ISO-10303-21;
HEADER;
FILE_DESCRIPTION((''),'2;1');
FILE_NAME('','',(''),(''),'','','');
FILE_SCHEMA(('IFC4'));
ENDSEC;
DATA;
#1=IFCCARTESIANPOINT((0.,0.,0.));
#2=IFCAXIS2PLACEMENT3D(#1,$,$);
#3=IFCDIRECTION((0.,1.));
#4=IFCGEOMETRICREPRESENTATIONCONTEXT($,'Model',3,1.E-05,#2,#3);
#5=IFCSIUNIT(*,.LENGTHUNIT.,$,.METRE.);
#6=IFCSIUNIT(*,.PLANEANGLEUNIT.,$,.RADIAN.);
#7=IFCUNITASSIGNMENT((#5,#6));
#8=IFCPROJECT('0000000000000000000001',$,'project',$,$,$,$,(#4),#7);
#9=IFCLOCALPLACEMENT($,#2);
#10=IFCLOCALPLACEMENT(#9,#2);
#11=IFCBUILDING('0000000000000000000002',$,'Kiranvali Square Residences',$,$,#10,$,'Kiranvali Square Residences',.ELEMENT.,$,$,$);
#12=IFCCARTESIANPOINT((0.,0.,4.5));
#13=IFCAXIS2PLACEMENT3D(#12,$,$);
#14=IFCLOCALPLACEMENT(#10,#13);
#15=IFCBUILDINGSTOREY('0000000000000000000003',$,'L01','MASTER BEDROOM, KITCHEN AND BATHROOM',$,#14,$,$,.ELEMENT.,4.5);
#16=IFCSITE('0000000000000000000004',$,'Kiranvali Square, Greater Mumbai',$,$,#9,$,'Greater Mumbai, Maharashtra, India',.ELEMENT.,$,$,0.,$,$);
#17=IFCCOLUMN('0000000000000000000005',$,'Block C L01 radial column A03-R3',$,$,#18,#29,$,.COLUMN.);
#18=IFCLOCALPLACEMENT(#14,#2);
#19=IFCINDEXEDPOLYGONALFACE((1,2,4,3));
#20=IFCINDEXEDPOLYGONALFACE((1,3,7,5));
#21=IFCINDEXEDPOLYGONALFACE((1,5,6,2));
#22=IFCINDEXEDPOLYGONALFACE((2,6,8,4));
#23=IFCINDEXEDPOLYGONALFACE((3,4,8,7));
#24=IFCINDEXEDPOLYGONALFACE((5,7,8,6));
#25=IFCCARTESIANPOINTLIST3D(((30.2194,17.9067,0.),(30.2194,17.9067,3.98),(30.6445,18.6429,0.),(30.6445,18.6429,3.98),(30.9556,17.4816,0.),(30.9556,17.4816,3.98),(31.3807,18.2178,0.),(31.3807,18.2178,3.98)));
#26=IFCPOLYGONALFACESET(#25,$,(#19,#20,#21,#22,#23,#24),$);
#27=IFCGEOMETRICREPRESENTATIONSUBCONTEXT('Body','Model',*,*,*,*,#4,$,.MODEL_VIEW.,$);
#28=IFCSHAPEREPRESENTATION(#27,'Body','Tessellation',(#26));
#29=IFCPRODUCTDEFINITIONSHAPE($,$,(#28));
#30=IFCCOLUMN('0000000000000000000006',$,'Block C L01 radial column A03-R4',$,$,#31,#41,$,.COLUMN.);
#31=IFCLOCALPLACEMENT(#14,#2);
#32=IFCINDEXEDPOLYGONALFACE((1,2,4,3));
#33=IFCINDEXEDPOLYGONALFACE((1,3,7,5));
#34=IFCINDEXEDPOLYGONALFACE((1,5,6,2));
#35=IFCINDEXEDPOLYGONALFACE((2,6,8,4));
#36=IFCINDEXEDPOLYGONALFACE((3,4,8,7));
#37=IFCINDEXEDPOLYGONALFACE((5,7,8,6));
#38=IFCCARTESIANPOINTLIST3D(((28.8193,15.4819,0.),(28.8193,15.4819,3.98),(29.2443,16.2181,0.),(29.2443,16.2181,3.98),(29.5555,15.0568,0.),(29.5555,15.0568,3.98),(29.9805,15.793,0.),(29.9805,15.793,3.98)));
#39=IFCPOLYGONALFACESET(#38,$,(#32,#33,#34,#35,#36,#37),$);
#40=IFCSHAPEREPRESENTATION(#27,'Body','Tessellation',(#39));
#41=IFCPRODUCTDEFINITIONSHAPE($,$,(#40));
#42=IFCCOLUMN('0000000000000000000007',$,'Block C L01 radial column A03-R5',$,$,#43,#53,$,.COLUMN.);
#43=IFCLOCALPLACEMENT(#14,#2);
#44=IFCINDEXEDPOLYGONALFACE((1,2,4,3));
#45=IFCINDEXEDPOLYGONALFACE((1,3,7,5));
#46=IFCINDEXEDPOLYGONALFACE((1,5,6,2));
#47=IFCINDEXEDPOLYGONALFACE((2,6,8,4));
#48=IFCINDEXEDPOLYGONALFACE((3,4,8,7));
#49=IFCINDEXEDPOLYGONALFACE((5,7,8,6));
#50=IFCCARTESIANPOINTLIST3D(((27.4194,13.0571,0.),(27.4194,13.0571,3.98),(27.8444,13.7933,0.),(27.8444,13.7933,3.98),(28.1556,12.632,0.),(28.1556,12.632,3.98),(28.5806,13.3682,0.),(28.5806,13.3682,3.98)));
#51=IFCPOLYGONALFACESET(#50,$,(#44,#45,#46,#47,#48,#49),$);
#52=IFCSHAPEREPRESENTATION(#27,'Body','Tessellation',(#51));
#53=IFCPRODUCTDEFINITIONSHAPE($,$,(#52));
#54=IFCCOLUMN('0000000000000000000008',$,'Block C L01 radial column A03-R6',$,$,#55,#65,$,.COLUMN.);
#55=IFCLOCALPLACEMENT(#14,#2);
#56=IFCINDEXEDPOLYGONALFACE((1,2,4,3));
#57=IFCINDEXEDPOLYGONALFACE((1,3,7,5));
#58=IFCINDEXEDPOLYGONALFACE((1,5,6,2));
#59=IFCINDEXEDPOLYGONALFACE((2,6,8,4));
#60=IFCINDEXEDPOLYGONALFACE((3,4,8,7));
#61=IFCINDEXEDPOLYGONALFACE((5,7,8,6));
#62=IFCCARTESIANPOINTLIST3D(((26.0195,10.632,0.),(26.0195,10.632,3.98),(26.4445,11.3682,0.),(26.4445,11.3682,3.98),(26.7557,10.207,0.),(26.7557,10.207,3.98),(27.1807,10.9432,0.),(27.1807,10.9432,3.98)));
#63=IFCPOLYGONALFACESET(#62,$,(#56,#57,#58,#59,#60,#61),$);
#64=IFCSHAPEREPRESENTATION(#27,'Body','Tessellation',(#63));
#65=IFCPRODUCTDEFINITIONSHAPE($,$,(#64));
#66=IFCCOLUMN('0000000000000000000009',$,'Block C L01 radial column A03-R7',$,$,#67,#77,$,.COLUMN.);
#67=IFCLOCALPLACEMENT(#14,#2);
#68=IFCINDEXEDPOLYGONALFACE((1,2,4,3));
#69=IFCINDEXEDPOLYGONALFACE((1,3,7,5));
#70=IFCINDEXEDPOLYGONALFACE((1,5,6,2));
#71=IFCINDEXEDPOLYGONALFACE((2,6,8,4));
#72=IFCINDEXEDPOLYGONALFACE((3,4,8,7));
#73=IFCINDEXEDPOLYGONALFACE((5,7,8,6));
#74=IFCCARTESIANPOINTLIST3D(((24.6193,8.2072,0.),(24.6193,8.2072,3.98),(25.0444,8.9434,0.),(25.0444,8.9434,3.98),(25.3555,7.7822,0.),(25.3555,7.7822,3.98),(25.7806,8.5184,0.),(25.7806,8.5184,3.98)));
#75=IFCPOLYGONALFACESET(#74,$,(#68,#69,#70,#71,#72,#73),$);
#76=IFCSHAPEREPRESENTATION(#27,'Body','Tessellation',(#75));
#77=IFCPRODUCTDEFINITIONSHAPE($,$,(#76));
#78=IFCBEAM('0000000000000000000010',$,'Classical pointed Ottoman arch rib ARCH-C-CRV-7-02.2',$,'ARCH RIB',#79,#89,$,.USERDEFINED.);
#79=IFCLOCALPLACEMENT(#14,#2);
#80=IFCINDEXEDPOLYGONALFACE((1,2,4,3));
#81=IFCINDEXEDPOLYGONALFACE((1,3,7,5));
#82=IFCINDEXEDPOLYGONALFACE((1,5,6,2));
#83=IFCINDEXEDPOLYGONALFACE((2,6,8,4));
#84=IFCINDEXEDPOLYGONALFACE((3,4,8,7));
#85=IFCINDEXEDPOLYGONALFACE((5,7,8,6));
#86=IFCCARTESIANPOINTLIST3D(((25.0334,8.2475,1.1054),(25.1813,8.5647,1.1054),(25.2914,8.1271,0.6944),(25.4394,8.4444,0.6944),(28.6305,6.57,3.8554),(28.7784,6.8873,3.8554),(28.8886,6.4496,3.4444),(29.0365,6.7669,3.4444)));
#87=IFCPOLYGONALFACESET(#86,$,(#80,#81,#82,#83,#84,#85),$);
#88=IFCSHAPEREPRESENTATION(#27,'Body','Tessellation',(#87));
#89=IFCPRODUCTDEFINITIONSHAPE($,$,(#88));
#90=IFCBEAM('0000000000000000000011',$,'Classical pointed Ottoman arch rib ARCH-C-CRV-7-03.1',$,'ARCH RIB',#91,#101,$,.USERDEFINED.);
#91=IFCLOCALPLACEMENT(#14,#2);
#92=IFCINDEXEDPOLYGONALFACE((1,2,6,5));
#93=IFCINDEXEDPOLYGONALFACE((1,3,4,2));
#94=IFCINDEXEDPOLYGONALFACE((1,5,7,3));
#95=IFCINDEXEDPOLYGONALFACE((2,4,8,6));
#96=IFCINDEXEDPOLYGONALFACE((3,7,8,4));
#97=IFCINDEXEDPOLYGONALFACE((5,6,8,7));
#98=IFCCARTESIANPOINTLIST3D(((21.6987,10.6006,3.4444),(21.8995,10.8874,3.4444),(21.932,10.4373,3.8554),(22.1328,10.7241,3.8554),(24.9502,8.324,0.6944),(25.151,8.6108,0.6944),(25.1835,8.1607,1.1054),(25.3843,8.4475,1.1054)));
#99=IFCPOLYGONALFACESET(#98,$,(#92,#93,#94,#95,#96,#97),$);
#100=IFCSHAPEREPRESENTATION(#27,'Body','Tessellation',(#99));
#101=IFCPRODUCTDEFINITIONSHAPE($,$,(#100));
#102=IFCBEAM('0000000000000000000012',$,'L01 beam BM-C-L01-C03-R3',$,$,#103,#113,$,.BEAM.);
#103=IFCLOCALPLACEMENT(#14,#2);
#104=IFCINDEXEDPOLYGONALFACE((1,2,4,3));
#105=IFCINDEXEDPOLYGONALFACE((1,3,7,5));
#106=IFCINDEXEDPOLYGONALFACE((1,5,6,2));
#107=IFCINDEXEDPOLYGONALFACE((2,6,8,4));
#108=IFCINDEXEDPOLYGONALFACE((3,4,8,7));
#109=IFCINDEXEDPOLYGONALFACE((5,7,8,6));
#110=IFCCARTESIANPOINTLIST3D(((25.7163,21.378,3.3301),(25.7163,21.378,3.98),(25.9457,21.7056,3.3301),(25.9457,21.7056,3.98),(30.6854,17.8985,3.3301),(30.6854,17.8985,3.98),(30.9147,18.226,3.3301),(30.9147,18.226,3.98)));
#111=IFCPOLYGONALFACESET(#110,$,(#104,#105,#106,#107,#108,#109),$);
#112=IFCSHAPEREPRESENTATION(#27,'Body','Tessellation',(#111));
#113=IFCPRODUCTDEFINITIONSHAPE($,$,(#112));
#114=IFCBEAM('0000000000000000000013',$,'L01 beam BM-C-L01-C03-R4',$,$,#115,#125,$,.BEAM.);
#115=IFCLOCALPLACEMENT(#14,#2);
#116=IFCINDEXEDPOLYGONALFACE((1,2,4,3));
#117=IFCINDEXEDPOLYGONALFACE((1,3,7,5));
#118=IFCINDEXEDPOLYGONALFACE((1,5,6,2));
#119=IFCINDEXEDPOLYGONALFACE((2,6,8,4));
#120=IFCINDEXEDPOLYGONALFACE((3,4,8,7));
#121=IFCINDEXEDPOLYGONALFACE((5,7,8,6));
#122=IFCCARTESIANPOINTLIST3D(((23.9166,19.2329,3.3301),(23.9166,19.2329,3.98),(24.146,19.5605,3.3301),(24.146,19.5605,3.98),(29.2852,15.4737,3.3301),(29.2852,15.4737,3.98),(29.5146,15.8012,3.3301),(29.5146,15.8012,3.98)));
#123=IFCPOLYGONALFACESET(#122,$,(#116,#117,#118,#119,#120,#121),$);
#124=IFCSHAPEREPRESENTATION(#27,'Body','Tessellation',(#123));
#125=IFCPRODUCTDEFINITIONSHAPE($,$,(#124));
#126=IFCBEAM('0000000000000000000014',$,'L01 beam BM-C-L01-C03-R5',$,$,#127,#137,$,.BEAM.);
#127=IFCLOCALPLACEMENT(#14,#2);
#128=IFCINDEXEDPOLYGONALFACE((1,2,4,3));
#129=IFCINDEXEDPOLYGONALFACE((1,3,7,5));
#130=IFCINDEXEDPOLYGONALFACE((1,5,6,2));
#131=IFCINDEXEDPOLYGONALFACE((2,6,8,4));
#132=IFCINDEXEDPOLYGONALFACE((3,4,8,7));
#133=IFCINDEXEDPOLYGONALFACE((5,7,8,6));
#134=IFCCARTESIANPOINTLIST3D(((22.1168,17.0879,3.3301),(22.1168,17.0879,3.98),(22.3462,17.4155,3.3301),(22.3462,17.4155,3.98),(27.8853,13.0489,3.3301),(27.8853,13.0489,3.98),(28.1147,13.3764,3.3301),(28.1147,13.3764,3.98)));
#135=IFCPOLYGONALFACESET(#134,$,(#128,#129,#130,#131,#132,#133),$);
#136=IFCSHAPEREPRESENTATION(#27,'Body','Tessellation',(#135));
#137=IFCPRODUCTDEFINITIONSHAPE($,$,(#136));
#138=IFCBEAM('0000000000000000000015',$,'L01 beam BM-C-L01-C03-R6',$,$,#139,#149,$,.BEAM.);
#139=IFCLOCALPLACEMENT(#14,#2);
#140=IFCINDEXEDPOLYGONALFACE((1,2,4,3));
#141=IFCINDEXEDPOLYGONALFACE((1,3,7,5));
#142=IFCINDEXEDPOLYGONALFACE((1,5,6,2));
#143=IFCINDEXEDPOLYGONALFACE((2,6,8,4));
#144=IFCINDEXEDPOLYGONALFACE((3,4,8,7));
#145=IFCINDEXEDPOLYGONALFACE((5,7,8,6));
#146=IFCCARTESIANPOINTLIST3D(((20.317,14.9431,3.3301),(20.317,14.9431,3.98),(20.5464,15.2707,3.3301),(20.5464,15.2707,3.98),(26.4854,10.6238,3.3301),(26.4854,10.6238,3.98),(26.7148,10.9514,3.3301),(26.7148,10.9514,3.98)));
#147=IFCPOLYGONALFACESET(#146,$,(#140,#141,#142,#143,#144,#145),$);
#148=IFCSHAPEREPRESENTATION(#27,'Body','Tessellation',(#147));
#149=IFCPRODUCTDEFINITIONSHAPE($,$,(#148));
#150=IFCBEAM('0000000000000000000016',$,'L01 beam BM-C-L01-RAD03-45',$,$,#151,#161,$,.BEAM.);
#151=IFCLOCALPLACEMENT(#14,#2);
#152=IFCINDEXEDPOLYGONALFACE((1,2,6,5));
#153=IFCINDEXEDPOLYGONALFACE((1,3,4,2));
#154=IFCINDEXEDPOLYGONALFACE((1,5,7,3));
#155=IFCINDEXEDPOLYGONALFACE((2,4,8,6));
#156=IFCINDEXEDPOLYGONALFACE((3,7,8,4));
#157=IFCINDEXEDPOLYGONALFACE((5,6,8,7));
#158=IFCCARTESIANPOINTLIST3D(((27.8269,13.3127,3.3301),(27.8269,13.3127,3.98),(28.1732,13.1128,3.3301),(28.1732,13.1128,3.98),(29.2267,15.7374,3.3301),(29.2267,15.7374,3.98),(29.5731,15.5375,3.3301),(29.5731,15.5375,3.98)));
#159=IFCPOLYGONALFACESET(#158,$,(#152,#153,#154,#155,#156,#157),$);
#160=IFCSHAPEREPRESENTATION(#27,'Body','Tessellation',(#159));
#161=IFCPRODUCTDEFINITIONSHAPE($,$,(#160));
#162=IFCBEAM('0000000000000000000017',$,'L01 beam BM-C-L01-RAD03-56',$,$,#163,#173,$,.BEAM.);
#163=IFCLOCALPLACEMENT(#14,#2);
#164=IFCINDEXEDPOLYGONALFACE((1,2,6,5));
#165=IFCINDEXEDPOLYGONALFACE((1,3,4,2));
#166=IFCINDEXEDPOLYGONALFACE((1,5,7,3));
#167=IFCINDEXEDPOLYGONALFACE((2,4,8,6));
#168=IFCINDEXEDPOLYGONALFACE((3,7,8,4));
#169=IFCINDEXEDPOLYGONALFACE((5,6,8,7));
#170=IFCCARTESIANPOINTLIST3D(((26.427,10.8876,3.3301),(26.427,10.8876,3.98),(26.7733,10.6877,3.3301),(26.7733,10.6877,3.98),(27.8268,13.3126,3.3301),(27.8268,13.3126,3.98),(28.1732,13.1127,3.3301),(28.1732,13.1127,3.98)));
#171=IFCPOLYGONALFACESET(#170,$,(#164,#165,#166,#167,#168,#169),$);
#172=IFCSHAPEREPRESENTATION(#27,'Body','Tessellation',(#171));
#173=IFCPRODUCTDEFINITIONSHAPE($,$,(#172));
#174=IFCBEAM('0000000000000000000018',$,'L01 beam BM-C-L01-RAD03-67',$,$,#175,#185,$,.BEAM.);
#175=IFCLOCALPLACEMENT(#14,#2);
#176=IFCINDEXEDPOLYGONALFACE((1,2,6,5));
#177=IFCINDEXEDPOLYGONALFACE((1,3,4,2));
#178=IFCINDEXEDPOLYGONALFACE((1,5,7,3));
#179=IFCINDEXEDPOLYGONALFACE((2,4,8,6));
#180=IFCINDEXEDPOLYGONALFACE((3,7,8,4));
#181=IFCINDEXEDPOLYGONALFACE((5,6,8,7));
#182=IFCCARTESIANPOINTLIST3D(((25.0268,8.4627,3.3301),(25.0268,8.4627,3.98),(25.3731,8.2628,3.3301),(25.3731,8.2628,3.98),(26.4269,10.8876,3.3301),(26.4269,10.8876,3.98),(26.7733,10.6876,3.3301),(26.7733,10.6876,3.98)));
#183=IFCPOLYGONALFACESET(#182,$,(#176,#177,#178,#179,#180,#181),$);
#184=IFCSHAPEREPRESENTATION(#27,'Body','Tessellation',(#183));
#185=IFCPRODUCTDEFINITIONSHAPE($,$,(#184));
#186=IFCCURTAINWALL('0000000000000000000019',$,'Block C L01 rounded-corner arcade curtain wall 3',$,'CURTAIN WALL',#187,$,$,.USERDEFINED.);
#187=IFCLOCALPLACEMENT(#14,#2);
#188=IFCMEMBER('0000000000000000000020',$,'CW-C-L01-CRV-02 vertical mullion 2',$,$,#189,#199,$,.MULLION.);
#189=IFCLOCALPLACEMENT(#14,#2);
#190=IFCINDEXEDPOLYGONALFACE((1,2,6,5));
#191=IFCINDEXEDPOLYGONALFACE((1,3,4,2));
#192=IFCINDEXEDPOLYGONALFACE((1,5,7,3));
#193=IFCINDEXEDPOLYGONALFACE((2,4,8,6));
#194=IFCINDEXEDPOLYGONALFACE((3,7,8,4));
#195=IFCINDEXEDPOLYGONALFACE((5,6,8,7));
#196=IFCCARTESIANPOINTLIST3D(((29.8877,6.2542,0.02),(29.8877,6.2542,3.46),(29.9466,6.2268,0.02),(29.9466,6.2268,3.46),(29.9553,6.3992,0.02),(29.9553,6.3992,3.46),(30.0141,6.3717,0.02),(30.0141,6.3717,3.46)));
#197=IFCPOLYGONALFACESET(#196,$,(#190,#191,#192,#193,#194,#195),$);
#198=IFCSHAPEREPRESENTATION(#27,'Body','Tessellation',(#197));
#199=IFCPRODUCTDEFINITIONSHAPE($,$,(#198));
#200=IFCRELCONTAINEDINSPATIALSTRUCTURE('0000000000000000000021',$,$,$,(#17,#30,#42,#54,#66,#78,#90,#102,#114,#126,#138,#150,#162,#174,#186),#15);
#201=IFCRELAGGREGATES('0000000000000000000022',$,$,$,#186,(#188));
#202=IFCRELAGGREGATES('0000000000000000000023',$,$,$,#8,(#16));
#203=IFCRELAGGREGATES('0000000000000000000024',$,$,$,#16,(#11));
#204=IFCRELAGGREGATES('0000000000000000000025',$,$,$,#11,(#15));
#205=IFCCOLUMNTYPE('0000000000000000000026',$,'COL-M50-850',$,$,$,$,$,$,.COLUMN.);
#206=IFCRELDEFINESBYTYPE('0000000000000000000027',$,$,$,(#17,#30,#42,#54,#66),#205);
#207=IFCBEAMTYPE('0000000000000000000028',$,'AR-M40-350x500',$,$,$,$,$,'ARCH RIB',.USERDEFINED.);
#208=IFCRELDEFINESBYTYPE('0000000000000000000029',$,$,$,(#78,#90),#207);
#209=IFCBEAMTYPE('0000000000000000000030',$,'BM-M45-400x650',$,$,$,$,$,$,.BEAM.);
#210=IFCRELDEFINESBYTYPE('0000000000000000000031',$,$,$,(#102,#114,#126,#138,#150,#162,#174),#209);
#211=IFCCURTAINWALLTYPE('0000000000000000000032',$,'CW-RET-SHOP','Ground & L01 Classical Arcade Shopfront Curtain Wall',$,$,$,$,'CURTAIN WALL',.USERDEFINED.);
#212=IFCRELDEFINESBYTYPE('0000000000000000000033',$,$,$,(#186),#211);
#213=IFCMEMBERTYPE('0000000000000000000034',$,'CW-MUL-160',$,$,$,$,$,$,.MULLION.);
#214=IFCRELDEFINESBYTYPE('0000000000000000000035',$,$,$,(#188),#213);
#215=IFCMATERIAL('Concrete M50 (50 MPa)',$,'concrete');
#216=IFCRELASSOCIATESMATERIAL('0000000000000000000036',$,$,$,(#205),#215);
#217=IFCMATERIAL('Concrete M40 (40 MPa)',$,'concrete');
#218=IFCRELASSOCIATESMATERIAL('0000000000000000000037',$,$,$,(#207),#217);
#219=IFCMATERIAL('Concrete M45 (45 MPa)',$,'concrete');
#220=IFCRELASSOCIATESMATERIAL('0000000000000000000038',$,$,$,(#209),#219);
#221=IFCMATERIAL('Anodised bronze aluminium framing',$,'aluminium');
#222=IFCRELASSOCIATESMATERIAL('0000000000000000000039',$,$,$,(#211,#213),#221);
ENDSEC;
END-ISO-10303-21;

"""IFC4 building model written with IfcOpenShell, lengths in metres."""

from ifc_helpers import new_model, si_unit, direction, frame, origin, origin_2d, place, context, subcontext, project, spatial, rectangle, extrude, material, material_profile, profile_set, type_object, element, aggregate, save


model = new_model("IFC4")

# Units and contexts
model_context = context("Model", 3, precision=1e-05, world=origin(), true_north=direction((0.0, 1.0)))
body_context = subcontext(model_context, "Body", "Model", "MODEL_VIEW")
ifc_project = project(units=[si_unit("LENGTHUNIT", "METRE"), si_unit("PLANEANGLEUNIT", "RADIAN")], contexts=[model_context])

# Site, building, storey
site_placement = place(None, origin())
site = spatial("IfcSite", under=ifc_project, at=site_placement, Name="Kiranvali Square, Greater Mumbai", LongName="Greater Mumbai, Maharashtra, India", CompositionType="ELEMENT", RefElevation=0.0)
building_placement = place(site_placement, origin())
building = spatial("IfcBuilding", under=site, at=building_placement, Name="Kiranvali Square Residences", LongName="Kiranvali Square Residences", CompositionType="ELEMENT")
storey_placement = place(building_placement, frame((0.0, 0.0, 4.5)))
storey = spatial("IfcBuildingStorey", under=building, at=storey_placement, Name="L01", Description="MASTER BEDROOM, KITCHEN AND BATHROOM", CompositionType="ELEMENT", Elevation=4.5)

# Columns
ifc_material_1 = material(Name="Concrete M50 (50 MPa)", Category="concrete")
ifc_material_profile_1 = material_profile(ifc_material_1, rectangle(XDim=0.8501, YDim=0.8501, at=origin_2d()), Name="RC 850x850")
ifc_profile_set_1 = profile_set([ifc_material_profile_1], Name="Concrete M50 (50 MPa)")
column_type = type_object("IfcColumnType", Name="COL-M50-850", PredefinedType="COLUMN", material=ifc_profile_set_1)
for number, where, z_axis, x_axis, name in (
    (1, (30.8, 18.0623, 0.0), (0.0, 0.0, 1.0), (-0.866025, 0.5, 0.0), "Block C L01 radial column A03-R3"),
    (2, (29.3999, 15.6375, 0.0), (0.0, 0.0, 1.0), (-0.866025, 0.5, 0.0), "Block C L01 radial column A03-R4"),
    (3, (28.0, 13.2126, 0.0), (0.0, 0.0, 1.0), (-0.866025, 0.5, 0.0), "Block C L01 radial column A03-R5"),
    (4, (26.6001, 10.7876, 0.0), (0.0, 0.0, 1.0), (-0.866025, 0.5, 0.0), "Block C L01 radial column A03-R6"),
    (5, (25.2, 8.3628, 0.0), (0.0, 0.0, 1.0), (-0.866025, 0.5, 0.0), "Block C L01 radial column A03-R7"),
):
    element("IfcColumn", number, at=place(storey_placement, frame(where, z_axis=z_axis, x_axis=x_axis)), inside=storey, type_object=column_type, Name=name, PredefinedType="COLUMN", context=body_context, shape_type="SweptSolid", body=[
        extrude(rectangle(XDim=0.8501, YDim=0.8501, at=origin_2d()), origin(), (0.0, 0.0, 1.0), 3.98),
    ])

# Beams
ifc_material_2 = material(Name="Concrete M40 (40 MPa)", Category="concrete")
ifc_material_profile_2 = material_profile(ifc_material_2, rectangle(XDim=0.3501, YDim=0.5, at=origin_2d()), Name="RC 350x500")
ifc_profile_set_2 = profile_set([ifc_material_profile_2], Name="Concrete M40 (40 MPa)")
beam_type_1 = type_object("IfcBeamType", Name="AR-M40-350x500", ElementType="ARCH RIB", PredefinedType="USERDEFINED", material=ifc_profile_set_2)
beam_1_placement = place(storey_placement, frame((28.8335, 6.6685, 3.6499), z_axis=(-0.74496, 0.347402, -0.569515), x_axis=(-0.42264, -0.906298, 0.0)))
element("IfcBeam", 6, at=beam_1_placement, inside=storey, type_object=beam_type_1, Name="Classical pointed Ottoman arch rib ARCH-C-CRV-7-02.2", ObjectType="ARCH RIB", PredefinedType="USERDEFINED", context=body_context, shape_type="SweptSolid", body=[
    extrude(rectangle(XDim=0.3501, YDim=0.5, at=origin_2d()), origin(), (0.0, 0.0, 1.0), 4.8286),
])
beam_2_placement = place(storey_placement, frame((25.1672, 8.3857, 0.8999), z_axis=(-0.673346, 0.471463, 0.569498), x_axis=(-0.573561, -0.819163, 0.0)))
element("IfcBeam", 7, at=beam_2_placement, inside=storey, type_object=beam_type_1, Name="Classical pointed Ottoman arch rib ARCH-C-CRV-7-03.1", ObjectType="ARCH RIB", PredefinedType="USERDEFINED", context=body_context, shape_type="SweptSolid", body=[
    extrude(rectangle(XDim=0.3501, YDim=0.5, at=origin_2d()), origin(), (0.0, 0.0, 1.0), 4.8289),
])
ifc_material_3 = material(Name="Concrete M45 (45 MPa)", Category="concrete")
ifc_material_profile_3 = material_profile(ifc_material_3, rectangle(XDim=0.3999, YDim=0.6499, at=origin_2d()), Name="RC 400x650")
ifc_profile_set_3 = profile_set([ifc_material_profile_3], Name="Concrete M45 (45 MPa)")
beam_type_2 = type_object("IfcBeamType", Name="BM-M45-400x650", PredefinedType="BEAM", material=ifc_profile_set_3)
beam_3_placement = place(storey_placement, frame((30.8, 18.0623, 3.655), z_axis=(-0.819139, 0.573595, 0.0), x_axis=(-0.573595, -0.819139, 0.0)))
element("IfcBeam", 8, at=beam_3_placement, inside=storey, type_object=beam_type_2, Name="L01 beam BM-C-L01-C03-R3", PredefinedType="BEAM", context=body_context, shape_type="SweptSolid", body=[
    extrude(rectangle(XDim=0.3999, YDim=0.6499, at=origin_2d()), origin(), (0.0, 0.0, 1.0), 6.0662),
])
beam_4_placement = place(storey_placement, frame((29.3999, 15.6375, 3.655), z_axis=(-0.819144, 0.573587, 0.0), x_axis=(-0.573587, -0.819144, 0.0)))
element("IfcBeam", 9, at=beam_4_placement, inside=storey, type_object=beam_type_2, Name="L01 beam BM-C-L01-C03-R4", PredefinedType="BEAM", context=body_context, shape_type="SweptSolid", body=[
    extrude(rectangle(XDim=0.3999, YDim=0.6499, at=origin_2d()), origin(), (0.0, 0.0, 1.0), 6.554),
])
beam_5_placement = place(storey_placement, frame((28.0, 13.2126, 3.655), z_axis=(-0.81916, 0.573565, 0.0), x_axis=(-0.573565, -0.81916, 0.0)))
element("IfcBeam", 10, at=beam_5_placement, inside=storey, type_object=beam_type_2, Name="L01 beam BM-C-L01-C03-R5", PredefinedType="BEAM", context=body_context, shape_type="SweptSolid", body=[
    extrude(rectangle(XDim=0.3999, YDim=0.6499, at=origin_2d()), origin(), (0.0, 0.0, 1.0), 7.042),
])
beam_6_placement = place(storey_placement, frame((26.6001, 10.7876, 3.655), z_axis=(-0.819144, 0.573589, 0.0), x_axis=(-0.573589, -0.819144, 0.0)))
element("IfcBeam", 11, at=beam_6_placement, inside=storey, type_object=beam_type_2, Name="L01 beam BM-C-L01-C03-R6", PredefinedType="BEAM", context=body_context, shape_type="SweptSolid", body=[
    extrude(rectangle(XDim=0.3999, YDim=0.6499, at=origin_2d()), origin(), (0.0, 0.0, 1.0), 7.5303),
])
beam_7_placement = place(storey_placement, frame((29.3999, 15.6375, 3.655), z_axis=(-0.499984, -0.866035, 0.0), x_axis=(0.866035, -0.499984, 0.0)))
element("IfcBeam", 12, at=beam_7_placement, inside=storey, type_object=beam_type_2, Name="L01 beam BM-C-L01-RAD03-45", PredefinedType="BEAM", context=body_context, shape_type="SweptSolid", body=[
    extrude(rectangle(XDim=0.3999, YDim=0.6499, at=origin_2d()), origin(), (0.0, 0.0, 1.0), 2.7998),
])
for number, where, z_axis, x_axis, name in (
    (13, (28.0, 13.2126, 3.655), (-0.499946, -0.866056, 0.0), (0.866056, -0.499946, 0.0), "L01 beam BM-C-L01-RAD03-56"),
    (14, (26.6001, 10.7876, 3.655), (-0.50005, -0.865997, 0.0), (0.865997, -0.50005, 0.0), "L01 beam BM-C-L01-RAD03-67"),
):
    element("IfcBeam", number, at=place(storey_placement, frame(where, z_axis=z_axis, x_axis=x_axis)), inside=storey, type_object=beam_type_2, Name=name, PredefinedType="BEAM", context=body_context, shape_type="SweptSolid", body=[
        extrude(rectangle(XDim=0.3999, YDim=0.6499, at=origin_2d()), origin(), (0.0, 0.0, 1.0), 2.8),
    ])

# Curtain wall, member
ifc_material_4 = material(Name="Anodised bronze aluminium framing", Category="aluminium")
curtain_wall_type = type_object("IfcCurtainWallType", Name="CW-RET-SHOP", Description="Ground & L01 Classical Arcade Shopfront Curtain Wall", ElementType="CURTAIN WALL", PredefinedType="USERDEFINED", material=ifc_material_4)
curtain_wall_1_placement = place(storey_placement, origin())
curtain_wall_1 = element("IfcCurtainWall", 15, at=curtain_wall_1_placement, inside=storey, type_object=curtain_wall_type, Name="Block C L01 rounded-corner arcade curtain wall 3", ObjectType="CURTAIN WALL", PredefinedType="USERDEFINED")
ifc_material_profile_4 = material_profile(ifc_material_4, rectangle(XDim=0.0649, YDim=0.1599, at=origin_2d()), Name="ALU 65x160")
ifc_profile_set_4 = profile_set([ifc_material_profile_4], Name="Anodised bronze aluminium framing")
member_type_1 = type_object("IfcMemberType", Name="CW-MUL-160", PredefinedType="MULLION", material=ifc_profile_set_4)
member_1_placement = place(storey_placement, frame((29.9509, 6.313, 0.02), z_axis=(0.0, 0.0, 1.0), x_axis=(-0.906308, 0.422618, 0.0)))
member_1 = element("IfcMember", 16, at=member_1_placement, type_object=member_type_1, Name="CW-C-L01-CRV-02 vertical mullion 2", PredefinedType="MULLION", context=body_context, shape_type="SweptSolid", body=[
    extrude(rectangle(XDim=0.0649, YDim=0.1599, at=origin_2d()), origin(), (0.0, 0.0, 1.0), 3.4399),
])

aggregate(curtain_wall_1, [member_1])

save(model, "model.ifc")
